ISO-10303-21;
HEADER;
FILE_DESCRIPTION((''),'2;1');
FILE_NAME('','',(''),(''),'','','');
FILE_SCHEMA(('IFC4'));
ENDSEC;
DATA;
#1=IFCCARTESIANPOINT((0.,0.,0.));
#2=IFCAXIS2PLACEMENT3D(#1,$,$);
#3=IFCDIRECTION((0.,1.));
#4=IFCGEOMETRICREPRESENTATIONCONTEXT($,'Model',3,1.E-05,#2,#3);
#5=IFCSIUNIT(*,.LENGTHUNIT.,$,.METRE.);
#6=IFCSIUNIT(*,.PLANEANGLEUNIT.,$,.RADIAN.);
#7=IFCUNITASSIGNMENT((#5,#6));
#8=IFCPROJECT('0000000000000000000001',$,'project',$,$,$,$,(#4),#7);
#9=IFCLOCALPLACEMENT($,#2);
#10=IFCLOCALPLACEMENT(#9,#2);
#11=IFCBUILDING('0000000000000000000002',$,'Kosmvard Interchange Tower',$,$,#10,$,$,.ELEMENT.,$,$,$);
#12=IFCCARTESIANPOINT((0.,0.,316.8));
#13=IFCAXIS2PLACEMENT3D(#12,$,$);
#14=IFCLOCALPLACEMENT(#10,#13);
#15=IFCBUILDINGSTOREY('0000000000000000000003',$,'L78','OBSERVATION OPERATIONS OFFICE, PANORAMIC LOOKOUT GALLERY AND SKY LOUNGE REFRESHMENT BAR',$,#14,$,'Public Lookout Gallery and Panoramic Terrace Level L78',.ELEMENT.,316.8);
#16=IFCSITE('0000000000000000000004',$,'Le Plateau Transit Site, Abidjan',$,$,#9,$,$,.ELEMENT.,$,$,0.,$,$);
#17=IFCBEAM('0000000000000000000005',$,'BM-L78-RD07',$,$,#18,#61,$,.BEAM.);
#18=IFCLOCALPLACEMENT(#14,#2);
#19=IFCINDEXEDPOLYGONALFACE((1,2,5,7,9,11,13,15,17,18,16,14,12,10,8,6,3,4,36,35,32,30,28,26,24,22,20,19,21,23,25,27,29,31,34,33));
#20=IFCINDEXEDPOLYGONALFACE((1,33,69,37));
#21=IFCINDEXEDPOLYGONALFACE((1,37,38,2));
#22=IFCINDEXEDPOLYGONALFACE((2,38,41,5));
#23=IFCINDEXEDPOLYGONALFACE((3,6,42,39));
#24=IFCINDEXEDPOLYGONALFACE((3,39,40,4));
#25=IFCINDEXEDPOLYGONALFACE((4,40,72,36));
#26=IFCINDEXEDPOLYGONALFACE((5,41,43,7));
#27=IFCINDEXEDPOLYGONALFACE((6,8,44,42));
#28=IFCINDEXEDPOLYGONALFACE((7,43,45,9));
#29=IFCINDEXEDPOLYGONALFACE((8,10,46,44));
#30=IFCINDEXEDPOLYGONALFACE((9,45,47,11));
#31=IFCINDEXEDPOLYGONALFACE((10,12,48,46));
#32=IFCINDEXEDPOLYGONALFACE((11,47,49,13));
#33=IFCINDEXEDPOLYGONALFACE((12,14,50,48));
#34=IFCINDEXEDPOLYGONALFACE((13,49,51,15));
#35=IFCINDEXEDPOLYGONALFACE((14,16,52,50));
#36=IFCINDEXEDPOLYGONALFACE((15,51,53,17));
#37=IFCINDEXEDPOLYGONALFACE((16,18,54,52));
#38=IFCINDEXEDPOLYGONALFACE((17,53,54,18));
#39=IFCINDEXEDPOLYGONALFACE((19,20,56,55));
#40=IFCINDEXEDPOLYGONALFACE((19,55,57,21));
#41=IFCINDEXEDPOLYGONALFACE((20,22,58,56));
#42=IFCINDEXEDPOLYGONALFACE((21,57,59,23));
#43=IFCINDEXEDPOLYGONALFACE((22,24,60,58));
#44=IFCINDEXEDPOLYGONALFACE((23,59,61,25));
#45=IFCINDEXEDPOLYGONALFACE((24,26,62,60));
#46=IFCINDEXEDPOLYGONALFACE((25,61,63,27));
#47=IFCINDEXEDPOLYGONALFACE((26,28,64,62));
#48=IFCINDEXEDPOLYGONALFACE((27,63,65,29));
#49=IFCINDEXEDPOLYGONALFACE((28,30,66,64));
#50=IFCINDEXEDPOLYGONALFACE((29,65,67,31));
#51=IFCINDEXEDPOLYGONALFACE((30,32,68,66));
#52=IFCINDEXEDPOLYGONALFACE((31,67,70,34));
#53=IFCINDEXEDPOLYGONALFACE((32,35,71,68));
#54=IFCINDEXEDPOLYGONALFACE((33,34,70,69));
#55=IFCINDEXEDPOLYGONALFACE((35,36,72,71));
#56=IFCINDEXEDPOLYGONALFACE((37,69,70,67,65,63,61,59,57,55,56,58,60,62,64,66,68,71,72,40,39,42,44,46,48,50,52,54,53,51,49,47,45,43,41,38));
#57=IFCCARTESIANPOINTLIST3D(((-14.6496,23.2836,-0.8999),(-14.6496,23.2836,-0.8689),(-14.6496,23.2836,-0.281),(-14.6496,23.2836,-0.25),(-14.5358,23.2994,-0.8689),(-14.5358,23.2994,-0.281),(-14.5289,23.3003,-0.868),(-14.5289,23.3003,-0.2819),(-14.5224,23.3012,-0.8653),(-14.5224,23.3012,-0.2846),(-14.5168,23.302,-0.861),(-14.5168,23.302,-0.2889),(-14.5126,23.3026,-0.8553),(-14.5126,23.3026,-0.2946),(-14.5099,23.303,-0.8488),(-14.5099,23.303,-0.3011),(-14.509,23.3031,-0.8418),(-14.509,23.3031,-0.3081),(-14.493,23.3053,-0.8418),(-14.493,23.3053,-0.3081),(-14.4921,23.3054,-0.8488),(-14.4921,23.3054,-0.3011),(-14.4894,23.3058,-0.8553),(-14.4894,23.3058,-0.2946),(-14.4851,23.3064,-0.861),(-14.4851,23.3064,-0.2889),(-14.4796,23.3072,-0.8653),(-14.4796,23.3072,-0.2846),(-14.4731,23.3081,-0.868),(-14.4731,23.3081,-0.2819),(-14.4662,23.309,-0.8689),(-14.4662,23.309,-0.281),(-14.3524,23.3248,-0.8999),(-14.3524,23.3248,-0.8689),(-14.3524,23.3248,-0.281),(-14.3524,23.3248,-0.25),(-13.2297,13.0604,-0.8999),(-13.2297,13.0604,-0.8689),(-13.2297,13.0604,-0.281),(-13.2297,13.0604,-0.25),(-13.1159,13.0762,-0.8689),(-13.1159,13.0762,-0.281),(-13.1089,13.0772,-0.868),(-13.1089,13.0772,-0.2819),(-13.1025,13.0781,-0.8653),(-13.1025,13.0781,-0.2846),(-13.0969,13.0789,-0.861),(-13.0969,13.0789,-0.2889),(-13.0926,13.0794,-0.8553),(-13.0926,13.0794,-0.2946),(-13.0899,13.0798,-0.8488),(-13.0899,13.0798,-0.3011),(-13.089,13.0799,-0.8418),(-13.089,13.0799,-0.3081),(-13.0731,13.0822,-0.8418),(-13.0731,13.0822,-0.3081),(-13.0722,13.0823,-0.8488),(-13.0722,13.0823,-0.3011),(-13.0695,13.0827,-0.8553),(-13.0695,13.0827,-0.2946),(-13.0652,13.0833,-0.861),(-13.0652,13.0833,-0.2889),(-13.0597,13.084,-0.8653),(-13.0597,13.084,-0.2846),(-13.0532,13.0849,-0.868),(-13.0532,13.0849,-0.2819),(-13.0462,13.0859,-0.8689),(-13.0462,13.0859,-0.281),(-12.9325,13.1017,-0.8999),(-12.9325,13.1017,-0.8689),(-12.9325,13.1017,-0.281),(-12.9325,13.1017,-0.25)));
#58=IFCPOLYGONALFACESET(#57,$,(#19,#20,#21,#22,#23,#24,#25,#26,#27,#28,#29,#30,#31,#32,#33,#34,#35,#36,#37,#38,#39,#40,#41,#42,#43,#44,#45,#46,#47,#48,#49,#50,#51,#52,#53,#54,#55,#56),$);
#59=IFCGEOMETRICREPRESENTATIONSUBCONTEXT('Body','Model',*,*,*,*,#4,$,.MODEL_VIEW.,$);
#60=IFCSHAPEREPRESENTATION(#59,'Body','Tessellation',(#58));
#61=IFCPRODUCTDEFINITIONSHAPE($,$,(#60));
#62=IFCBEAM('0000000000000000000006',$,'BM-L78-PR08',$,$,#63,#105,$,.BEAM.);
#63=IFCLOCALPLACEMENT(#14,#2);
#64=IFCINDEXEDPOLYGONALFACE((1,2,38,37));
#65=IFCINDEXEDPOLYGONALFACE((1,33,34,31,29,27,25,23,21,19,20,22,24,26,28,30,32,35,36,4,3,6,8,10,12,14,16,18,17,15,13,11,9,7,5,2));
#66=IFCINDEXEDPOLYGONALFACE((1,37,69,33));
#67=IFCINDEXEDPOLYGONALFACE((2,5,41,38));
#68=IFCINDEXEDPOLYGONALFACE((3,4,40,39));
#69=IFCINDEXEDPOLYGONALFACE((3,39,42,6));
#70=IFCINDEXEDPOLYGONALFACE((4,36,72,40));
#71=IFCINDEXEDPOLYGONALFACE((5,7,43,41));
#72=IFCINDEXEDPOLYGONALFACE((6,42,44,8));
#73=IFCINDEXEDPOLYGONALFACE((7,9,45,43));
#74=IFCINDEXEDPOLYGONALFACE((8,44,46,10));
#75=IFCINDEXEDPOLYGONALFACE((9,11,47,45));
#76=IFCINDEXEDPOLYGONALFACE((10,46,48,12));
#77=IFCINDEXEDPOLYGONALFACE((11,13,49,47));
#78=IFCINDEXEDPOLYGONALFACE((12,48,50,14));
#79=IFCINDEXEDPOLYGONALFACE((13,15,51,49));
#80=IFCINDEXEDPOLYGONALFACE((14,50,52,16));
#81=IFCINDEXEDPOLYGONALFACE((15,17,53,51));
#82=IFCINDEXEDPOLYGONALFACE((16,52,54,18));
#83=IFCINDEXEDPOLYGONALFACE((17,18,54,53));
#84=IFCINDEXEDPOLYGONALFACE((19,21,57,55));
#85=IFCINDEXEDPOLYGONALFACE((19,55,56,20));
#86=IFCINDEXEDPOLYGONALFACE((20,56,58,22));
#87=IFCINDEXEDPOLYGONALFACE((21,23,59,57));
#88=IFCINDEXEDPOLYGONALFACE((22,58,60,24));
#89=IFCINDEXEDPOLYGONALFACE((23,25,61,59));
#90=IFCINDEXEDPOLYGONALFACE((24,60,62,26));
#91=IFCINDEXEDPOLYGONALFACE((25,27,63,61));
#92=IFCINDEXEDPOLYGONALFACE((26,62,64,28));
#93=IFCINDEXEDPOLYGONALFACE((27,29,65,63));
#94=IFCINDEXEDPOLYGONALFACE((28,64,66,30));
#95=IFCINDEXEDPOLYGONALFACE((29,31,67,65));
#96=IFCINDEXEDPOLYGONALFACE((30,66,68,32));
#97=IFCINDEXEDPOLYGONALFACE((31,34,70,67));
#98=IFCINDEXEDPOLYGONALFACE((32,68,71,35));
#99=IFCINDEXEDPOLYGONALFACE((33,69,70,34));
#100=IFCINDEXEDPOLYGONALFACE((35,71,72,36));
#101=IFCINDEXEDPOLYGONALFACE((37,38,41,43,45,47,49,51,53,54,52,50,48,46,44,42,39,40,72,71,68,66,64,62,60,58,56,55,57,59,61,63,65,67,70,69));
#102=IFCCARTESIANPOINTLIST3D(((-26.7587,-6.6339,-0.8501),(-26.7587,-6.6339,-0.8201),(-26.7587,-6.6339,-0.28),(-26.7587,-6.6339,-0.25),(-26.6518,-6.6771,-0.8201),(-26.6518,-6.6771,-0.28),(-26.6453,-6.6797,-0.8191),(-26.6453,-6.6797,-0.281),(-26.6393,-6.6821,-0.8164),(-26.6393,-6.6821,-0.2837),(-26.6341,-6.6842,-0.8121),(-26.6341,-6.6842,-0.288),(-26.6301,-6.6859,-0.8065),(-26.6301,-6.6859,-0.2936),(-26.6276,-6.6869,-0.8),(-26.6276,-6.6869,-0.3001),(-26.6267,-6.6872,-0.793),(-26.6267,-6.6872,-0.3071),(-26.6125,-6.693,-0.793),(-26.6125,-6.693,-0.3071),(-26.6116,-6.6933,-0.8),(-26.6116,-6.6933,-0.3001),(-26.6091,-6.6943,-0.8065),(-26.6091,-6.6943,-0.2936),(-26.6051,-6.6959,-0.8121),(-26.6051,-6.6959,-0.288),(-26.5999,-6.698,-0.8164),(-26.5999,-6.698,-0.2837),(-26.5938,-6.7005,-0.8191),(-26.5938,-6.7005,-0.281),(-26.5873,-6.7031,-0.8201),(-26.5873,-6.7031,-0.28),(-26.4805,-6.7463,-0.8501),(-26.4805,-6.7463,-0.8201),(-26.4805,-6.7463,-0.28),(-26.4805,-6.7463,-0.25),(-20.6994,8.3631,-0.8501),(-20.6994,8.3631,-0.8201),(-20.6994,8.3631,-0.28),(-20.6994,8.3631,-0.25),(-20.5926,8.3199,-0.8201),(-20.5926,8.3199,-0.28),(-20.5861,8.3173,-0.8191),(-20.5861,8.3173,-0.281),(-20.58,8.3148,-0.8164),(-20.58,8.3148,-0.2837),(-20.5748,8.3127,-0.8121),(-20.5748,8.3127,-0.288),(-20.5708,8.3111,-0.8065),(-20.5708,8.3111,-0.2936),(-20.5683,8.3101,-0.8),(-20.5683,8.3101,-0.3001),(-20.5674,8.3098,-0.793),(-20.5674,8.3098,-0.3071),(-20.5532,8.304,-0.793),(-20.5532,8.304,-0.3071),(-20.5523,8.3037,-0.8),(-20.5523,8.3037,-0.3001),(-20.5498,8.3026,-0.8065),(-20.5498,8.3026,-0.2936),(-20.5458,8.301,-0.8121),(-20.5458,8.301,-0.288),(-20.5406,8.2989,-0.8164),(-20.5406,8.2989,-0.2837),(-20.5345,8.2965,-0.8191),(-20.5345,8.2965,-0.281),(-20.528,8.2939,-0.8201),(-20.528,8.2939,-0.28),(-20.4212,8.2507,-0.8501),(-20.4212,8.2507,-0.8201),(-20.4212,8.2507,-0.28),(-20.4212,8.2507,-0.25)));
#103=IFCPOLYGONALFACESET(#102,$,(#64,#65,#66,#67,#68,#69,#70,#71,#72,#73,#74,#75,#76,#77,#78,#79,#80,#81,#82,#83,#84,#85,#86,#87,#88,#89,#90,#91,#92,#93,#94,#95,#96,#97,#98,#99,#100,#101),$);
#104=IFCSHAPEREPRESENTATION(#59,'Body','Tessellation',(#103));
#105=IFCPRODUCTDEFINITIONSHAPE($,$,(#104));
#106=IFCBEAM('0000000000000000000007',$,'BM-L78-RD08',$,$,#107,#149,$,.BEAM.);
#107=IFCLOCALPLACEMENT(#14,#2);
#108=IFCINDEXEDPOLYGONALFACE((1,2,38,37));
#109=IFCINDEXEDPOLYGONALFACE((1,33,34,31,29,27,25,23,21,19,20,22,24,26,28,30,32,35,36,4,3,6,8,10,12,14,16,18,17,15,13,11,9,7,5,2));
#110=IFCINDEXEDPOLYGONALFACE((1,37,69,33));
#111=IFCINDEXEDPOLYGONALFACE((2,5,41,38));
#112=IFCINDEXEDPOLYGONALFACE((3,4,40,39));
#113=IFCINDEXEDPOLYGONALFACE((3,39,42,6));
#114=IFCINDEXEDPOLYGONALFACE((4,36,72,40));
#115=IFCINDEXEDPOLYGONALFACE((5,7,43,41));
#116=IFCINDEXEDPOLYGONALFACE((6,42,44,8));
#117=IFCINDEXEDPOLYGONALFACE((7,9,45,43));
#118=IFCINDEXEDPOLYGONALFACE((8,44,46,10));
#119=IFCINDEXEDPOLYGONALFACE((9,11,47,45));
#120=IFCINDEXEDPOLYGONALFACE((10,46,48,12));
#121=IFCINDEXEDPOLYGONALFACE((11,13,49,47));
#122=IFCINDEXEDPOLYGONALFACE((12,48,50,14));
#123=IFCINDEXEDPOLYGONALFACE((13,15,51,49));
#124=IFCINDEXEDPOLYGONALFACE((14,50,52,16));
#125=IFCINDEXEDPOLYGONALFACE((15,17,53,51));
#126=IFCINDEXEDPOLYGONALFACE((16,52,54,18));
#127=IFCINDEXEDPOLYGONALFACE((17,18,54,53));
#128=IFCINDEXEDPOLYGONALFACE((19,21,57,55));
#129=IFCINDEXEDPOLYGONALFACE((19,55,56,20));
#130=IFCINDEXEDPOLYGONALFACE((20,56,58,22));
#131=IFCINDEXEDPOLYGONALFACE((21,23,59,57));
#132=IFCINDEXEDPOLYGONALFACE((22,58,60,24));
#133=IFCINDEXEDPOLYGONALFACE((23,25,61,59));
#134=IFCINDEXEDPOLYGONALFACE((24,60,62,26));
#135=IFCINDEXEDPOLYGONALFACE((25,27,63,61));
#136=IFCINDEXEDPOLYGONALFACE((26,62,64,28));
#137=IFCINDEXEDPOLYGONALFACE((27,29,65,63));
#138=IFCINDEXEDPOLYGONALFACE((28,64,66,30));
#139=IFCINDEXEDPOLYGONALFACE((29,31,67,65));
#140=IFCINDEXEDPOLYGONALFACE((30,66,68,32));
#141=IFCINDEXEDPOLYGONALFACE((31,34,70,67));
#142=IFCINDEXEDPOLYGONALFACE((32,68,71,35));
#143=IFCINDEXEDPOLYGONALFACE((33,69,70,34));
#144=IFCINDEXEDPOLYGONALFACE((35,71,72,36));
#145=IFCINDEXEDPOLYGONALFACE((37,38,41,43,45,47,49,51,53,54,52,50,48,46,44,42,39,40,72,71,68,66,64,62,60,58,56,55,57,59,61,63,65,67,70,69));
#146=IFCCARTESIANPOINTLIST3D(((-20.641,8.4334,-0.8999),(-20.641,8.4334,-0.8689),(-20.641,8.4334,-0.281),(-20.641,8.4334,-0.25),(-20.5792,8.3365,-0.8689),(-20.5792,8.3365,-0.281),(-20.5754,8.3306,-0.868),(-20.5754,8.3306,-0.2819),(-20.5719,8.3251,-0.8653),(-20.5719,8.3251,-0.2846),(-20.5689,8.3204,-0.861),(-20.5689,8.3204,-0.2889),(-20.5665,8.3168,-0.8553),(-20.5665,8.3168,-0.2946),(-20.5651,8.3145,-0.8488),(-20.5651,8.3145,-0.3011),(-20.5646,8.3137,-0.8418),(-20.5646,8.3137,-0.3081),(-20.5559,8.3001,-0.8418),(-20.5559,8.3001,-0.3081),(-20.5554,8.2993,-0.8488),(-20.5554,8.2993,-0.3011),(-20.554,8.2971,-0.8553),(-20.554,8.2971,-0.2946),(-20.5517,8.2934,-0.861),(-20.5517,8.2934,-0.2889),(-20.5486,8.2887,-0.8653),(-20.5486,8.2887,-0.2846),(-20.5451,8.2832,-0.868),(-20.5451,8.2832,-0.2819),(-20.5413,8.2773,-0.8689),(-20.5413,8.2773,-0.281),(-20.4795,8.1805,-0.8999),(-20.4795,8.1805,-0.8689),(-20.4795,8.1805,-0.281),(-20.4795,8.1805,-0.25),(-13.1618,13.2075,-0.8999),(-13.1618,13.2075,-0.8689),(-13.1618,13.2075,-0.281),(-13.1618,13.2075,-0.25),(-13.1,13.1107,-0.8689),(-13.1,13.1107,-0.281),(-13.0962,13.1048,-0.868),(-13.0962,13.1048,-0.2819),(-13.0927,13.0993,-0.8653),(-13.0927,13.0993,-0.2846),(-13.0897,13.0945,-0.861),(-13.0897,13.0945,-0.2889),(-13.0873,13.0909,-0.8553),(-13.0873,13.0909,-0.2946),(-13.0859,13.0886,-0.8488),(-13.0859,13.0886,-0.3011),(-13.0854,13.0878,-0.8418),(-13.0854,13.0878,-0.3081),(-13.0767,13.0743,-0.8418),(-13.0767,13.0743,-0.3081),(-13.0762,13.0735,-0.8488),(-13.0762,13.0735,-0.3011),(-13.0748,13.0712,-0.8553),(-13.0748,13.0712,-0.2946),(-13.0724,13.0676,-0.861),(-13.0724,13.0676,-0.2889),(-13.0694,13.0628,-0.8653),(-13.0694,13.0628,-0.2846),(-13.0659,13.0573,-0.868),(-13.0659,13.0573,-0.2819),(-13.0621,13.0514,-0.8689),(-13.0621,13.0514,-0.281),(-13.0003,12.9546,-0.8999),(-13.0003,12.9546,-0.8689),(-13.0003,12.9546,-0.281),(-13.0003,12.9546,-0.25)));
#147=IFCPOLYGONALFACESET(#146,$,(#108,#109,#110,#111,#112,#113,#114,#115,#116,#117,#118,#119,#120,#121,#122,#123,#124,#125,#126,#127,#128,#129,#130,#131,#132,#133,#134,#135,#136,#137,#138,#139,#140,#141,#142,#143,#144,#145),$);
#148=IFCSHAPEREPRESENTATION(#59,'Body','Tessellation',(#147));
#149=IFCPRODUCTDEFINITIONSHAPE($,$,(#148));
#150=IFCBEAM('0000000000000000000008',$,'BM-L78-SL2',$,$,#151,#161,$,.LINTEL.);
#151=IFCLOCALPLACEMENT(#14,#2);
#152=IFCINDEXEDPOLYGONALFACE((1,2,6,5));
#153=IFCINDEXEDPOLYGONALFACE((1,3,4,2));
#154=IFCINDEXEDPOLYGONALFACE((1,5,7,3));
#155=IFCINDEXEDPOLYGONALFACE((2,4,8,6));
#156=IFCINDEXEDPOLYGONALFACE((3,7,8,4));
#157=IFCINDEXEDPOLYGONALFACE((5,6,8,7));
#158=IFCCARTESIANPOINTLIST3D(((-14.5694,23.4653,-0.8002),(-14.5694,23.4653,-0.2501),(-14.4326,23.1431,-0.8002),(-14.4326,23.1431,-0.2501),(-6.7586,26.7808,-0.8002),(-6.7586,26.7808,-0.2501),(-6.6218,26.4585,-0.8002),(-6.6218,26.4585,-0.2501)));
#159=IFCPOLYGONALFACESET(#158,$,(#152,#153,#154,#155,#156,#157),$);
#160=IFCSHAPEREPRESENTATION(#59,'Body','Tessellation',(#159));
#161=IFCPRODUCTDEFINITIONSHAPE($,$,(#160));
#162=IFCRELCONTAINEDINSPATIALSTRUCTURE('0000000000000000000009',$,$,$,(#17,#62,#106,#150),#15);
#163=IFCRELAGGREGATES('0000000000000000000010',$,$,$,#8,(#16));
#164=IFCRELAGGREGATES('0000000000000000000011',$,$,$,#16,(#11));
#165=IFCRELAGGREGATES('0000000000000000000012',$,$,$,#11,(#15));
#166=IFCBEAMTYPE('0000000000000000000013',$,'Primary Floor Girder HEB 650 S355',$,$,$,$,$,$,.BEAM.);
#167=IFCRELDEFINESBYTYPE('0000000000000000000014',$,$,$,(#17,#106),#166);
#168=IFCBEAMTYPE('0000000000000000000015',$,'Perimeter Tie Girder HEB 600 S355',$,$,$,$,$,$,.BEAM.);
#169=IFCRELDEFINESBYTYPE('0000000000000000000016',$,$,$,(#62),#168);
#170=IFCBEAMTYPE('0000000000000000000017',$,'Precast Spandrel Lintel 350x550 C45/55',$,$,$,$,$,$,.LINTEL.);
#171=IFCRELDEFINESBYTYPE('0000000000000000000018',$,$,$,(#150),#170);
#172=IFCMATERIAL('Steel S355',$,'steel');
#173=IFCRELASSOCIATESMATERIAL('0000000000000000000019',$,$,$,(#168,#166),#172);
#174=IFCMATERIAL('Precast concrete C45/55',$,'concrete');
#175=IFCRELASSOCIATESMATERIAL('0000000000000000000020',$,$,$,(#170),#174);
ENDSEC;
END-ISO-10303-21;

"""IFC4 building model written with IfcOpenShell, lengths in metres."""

from ifc_helpers import new_model, si_unit, direction, frame, origin, origin_2d, place, context, subcontext, project, spatial, rectangle, i_section, extrude, source, transform, mapped, material, material_profile, profile_set, type_object, element, save


model = new_model("IFC4")

# Units and contexts
model_context = context("Model", 3, precision=1e-05, world=origin(), true_north=direction((0.0, 1.0)))
body_context = subcontext(model_context, "Body", "Model", "MODEL_VIEW")
ifc_project = project(units=[si_unit("LENGTHUNIT", "METRE"), si_unit("PLANEANGLEUNIT", "RADIAN")], contexts=[model_context])

# Site, building, storey
site_placement = place(None, origin())
site = spatial("IfcSite", under=ifc_project, at=site_placement, Name="Le Plateau Transit Site, Abidjan", CompositionType="ELEMENT", RefElevation=0.0)
building_placement = place(site_placement, origin())
building = spatial("IfcBuilding", under=site, at=building_placement, Name="Kosmvard Interchange Tower", CompositionType="ELEMENT")
storey_placement = place(building_placement, frame((0.0, 0.0, 316.8)))
storey = spatial("IfcBuildingStorey", under=building, at=storey_placement, Name="L78", Description="OBSERVATION OPERATIONS OFFICE, PANORAMIC LOOKOUT GALLERY AND SKY LOUNGE REFRESHMENT BAR", LongName="Public Lookout Gallery and Panoramic Terrace Level L78", CompositionType="ELEMENT", Elevation=316.8)

# Beams
ifc_material_1 = material(Name="Steel S355", Category="steel")
ifc_material_profile_1 = material_profile(ifc_material_1, i_section(OverallWidth=0.3, OverallDepth=0.6001, WebThickness=0.0154, FlangeThickness=0.03, FilletRadius=0.0271, at=origin_2d()), Name="HEB 600")
ifc_profile_set_1 = profile_set([ifc_material_profile_1], Name="Steel S355")
beam_type_1 = type_object("IfcBeamType", Name="Perimeter Tie Girder HEB 600 S355", PredefinedType="BEAM", material=ifc_profile_set_1)
ifc_material_profile_2 = material_profile(ifc_material_1, i_section(OverallWidth=0.3, OverallDepth=0.6499, WebThickness=0.0161, FlangeThickness=0.031, FilletRadius=0.0271, at=origin_2d()), Name="HEB 650")
ifc_profile_set_2 = profile_set([ifc_material_profile_2], Name="Steel S355")
beam_type_2 = type_object("IfcBeamType", Name="Primary Floor Girder HEB 650 S355", PredefinedType="BEAM", material=ifc_profile_set_2)
shared_shape_1 = source(origin(), body_context, "Body", "SweptSolid", [
    extrude(i_section(OverallWidth=0.3, OverallDepth=0.6499, WebThickness=0.0161, FlangeThickness=0.031, FilletRadius=0.0271, at=origin_2d()), origin(), (0.0, 0.0, 1.0), 10.3213),
])
beam_1_placement = place(storey_placement, frame((-13.0811, 13.0811, -0.575), z_axis=(-0.137572, 0.990492, 0.0), x_axis=(-0.990492, -0.137572, 0.0)))
element("IfcBeam", 1, at=beam_1_placement, inside=storey, type_object=beam_type_2, Name="BM-L78-RD07", PredefinedType="BEAM", context=body_context, shape_type="MappedRepresentation", body=[
    mapped(shared_shape_1, transform((0.0, 0.0, 0.0), scale=1.0)),
])
shared_shape_2 = source(origin(), body_context, "Body", "SweptSolid", [
    extrude(i_section(OverallWidth=0.3, OverallDepth=0.6001, WebThickness=0.0154, FlangeThickness=0.03, FilletRadius=0.0271, at=origin_2d()), origin(), (0.0, 0.0, 1.0), 16.1748),
])
beam_2_placement = place(storey_placement, frame((-20.5603, 8.3069, -0.55), z_axis=(-0.374613, -0.927181, 0.0), x_axis=(0.927181, -0.374613, 0.0)))
element("IfcBeam", 2, at=beam_2_placement, inside=storey, type_object=beam_type_1, Name="BM-L78-PR08", PredefinedType="BEAM", context=body_context, shape_type="MappedRepresentation", body=[
    mapped(shared_shape_2, transform((0.0, 0.0, 0.0), scale=1.0)),
])
shared_shape_3 = source(origin(), body_context, "Body", "SweptSolid", [
    extrude(i_section(OverallWidth=0.3, OverallDepth=0.6499, WebThickness=0.0161, FlangeThickness=0.031, FilletRadius=0.0271, at=origin_2d()), origin(), (0.0, 0.0, 1.0), 8.873),
])
beam_3_placement = place(storey_placement, frame((-13.0811, 13.0811, -0.575), z_axis=(-0.842913, -0.53805, 0.0), x_axis=(0.53805, -0.842913, 0.0)))
element("IfcBeam", 3, at=beam_3_placement, inside=storey, type_object=beam_type_2, Name="BM-L78-RD08", PredefinedType="BEAM", context=body_context, shape_type="MappedRepresentation", body=[
    mapped(shared_shape_3, transform((0.0, 0.0, 0.0), scale=1.0)),
])
ifc_material_2 = material(Name="Precast concrete C45/55", Category="concrete")
ifc_material_profile_3 = material_profile(ifc_material_2, rectangle(XDim=0.3501, YDim=0.55, at=origin_2d()), Name="SL 350x550")
ifc_profile_set_3 = profile_set([ifc_material_profile_3], Name="Precast concrete C45/55")
beam_type_3 = type_object("IfcBeamType", Name="Precast Spandrel Lintel 350x550 C45/55", PredefinedType="LINTEL", material=ifc_profile_set_3)
shared_shape_4 = source(origin(), body_context, "Body", "SweptSolid", [
    extrude(rectangle(XDim=0.3501, YDim=0.55, at=origin_2d()), origin(), (0.0, 0.0, 1.0), 8.4854),
])
beam_4_placement = place(storey_placement, frame((-6.6902, 26.6196, -0.5251), z_axis=(-0.920507, -0.390726, 0.0), x_axis=(0.390726, -0.920507, 0.0)))
element("IfcBeam", 4, at=beam_4_placement, inside=storey, type_object=beam_type_3, Name="BM-L78-SL2", PredefinedType="LINTEL", context=body_context, shape_type="MappedRepresentation", body=[
    mapped(shared_shape_4, transform((0.0, 0.0, 0.0), scale=1.0)),
])

save(model, "model.ifc")
